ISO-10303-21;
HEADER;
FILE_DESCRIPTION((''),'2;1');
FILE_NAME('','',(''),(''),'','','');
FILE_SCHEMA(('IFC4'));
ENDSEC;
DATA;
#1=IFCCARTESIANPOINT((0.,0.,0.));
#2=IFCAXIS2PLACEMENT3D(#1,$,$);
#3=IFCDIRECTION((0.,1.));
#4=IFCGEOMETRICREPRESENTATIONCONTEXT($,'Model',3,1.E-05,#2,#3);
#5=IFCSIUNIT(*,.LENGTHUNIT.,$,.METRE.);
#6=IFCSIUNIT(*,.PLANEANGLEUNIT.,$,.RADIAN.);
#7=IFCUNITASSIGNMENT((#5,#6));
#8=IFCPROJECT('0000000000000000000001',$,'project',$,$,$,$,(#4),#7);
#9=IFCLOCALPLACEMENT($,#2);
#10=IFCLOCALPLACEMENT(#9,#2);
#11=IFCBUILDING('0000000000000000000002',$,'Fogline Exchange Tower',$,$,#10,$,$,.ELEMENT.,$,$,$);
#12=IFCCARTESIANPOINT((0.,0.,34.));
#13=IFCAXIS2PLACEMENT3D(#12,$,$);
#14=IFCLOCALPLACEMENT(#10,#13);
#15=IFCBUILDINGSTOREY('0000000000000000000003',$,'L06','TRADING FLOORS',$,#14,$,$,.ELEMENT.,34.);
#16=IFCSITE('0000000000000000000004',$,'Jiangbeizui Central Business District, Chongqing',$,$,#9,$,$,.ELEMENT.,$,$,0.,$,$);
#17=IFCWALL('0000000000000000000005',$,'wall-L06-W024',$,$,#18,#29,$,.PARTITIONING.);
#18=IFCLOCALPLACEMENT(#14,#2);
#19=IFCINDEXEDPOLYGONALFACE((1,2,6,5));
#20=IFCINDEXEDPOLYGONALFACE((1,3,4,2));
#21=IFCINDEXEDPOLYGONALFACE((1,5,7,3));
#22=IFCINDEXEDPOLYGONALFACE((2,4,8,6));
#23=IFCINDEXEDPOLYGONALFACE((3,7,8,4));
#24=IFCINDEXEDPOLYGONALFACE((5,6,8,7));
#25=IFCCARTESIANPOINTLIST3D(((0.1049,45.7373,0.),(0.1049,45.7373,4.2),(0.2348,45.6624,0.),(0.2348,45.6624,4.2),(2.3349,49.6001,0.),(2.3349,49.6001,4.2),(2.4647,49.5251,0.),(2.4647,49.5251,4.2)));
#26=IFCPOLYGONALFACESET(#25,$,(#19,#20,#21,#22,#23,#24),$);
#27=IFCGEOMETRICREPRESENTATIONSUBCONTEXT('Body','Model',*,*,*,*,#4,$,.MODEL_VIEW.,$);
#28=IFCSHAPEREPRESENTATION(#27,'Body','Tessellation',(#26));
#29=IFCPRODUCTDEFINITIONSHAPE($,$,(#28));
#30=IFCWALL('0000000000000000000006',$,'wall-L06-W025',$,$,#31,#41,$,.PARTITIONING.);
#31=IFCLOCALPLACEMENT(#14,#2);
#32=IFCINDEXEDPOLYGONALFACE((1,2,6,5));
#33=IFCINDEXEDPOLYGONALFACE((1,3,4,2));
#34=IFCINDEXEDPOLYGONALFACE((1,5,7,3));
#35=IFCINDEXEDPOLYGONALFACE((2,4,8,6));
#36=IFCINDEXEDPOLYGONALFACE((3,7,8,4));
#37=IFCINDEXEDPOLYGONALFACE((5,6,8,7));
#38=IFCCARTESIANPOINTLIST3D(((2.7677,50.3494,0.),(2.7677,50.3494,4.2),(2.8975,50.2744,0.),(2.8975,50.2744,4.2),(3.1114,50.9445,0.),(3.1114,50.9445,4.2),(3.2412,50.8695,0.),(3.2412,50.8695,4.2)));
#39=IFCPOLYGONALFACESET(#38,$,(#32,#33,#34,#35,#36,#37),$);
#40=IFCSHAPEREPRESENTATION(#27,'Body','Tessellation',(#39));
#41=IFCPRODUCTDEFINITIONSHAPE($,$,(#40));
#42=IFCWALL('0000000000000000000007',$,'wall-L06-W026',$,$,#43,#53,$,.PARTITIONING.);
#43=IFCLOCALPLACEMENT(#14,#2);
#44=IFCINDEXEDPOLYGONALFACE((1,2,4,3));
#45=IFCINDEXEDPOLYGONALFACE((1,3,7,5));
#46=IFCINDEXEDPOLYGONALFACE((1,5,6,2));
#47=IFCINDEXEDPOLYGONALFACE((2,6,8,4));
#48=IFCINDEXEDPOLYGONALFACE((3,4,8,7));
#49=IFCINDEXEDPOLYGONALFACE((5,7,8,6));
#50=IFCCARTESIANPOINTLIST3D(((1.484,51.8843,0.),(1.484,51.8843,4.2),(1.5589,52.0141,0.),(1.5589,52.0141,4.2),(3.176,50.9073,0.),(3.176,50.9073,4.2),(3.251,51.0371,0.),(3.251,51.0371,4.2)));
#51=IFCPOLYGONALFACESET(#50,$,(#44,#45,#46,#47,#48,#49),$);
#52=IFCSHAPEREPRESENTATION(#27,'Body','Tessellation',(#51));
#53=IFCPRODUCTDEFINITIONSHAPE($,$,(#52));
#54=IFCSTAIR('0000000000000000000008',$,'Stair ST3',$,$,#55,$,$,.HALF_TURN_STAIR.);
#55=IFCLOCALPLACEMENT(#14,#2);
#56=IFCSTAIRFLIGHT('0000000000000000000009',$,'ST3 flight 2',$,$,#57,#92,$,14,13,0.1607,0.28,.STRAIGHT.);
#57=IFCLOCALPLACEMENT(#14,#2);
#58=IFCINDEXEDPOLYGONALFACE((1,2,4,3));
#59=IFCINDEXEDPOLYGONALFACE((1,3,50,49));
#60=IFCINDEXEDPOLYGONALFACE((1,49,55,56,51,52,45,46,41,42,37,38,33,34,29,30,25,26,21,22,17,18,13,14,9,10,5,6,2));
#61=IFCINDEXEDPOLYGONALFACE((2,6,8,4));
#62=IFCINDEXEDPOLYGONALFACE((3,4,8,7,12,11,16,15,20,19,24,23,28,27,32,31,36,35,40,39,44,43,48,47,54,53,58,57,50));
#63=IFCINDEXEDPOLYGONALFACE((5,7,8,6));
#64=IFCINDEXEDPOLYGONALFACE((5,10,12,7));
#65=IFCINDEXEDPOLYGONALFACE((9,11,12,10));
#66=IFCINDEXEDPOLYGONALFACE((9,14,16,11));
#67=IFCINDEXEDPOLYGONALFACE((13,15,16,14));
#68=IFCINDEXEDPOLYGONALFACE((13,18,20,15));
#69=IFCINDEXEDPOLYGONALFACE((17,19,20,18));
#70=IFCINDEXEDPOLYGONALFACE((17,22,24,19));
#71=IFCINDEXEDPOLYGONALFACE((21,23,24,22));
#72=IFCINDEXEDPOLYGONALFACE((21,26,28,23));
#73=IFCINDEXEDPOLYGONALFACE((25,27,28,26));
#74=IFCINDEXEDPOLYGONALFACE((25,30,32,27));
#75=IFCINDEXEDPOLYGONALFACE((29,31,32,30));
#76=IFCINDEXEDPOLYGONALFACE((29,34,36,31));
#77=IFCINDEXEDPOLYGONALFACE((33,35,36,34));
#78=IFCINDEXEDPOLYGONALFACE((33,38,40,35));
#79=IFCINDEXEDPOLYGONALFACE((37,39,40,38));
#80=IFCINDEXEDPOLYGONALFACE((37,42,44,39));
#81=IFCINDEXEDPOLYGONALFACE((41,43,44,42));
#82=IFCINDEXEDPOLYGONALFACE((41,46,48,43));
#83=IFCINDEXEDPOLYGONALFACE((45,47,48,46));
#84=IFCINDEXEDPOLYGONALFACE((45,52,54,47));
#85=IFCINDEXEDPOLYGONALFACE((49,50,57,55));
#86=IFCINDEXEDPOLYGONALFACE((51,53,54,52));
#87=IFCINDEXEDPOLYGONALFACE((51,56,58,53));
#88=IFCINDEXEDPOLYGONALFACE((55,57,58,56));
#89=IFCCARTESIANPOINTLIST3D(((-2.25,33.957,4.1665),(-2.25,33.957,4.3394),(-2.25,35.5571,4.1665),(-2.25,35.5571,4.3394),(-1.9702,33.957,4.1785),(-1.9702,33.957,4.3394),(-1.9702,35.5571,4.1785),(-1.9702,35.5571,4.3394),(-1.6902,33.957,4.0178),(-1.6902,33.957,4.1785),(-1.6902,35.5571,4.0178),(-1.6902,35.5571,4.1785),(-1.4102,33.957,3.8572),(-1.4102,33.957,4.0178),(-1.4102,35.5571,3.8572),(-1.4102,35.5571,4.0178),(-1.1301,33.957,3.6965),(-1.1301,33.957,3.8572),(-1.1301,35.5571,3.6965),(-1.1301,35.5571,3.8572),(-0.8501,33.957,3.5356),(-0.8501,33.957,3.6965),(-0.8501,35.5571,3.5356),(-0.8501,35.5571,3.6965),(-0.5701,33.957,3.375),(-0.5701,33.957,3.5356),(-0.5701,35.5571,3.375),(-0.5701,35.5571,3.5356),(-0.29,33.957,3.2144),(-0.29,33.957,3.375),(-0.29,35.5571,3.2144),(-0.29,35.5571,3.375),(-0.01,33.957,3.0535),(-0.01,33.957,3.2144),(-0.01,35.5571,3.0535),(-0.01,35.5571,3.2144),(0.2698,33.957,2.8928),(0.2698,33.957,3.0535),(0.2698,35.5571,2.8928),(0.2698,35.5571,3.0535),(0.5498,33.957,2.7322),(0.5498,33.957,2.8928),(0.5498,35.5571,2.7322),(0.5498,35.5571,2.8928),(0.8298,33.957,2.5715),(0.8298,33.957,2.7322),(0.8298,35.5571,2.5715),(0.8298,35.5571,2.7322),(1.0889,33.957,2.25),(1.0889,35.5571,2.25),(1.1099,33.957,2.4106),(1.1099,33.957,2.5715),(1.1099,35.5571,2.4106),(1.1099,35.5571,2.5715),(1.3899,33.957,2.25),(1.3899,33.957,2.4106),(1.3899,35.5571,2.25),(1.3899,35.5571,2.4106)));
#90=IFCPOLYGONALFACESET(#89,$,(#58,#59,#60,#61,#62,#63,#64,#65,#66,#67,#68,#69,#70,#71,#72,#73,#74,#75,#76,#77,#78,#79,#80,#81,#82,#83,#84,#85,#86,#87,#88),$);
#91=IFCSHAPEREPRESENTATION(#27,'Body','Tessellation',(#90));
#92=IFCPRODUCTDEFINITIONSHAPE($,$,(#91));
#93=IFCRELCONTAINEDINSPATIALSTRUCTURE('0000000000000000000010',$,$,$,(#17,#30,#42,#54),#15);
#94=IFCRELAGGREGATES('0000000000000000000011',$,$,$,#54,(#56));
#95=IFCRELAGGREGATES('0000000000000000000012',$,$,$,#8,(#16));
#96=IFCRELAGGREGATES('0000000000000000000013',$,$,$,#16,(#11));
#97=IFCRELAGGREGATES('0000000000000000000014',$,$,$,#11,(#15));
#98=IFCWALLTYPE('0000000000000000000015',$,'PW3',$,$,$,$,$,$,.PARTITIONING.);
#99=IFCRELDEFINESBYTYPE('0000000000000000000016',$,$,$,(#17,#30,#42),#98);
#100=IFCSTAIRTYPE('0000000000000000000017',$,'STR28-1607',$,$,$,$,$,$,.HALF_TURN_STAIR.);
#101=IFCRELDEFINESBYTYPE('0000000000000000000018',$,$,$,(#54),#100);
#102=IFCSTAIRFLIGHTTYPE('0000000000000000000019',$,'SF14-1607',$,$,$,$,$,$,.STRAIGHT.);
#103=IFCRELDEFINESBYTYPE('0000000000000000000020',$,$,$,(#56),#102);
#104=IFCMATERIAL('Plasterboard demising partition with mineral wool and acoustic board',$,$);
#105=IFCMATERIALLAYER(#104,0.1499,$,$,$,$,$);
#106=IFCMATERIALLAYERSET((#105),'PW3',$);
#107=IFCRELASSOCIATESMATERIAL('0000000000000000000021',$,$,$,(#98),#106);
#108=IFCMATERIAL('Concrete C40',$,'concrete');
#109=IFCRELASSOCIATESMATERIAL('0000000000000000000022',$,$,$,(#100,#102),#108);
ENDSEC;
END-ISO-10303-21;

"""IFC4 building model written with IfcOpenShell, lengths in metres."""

from ifc_helpers import new_model, si_unit, direction, frame, frame_2d, origin, place, context, subcontext, project, spatial, polyline, rectangle, outline, extrude, material, layer, layer_set, type_object, element, aggregate, save


model = new_model("IFC4")

# Units and contexts
model_context = context("Model", 3, precision=1e-05, world=origin(), true_north=direction((0.0, 1.0)))
body_context = subcontext(model_context, "Body", "Model", "MODEL_VIEW")
ifc_project = project(units=[si_unit("LENGTHUNIT", "METRE"), si_unit("PLANEANGLEUNIT", "RADIAN")], contexts=[model_context])

# Site, building, storey
site_placement = place(None, origin())
site = spatial("IfcSite", under=ifc_project, at=site_placement, Name="Jiangbeizui Central Business District, Chongqing", CompositionType="ELEMENT", RefElevation=0.0)
building_placement = place(site_placement, origin())
building = spatial("IfcBuilding", under=site, at=building_placement, Name="Fogline Exchange Tower", CompositionType="ELEMENT")
storey_placement = place(building_placement, frame((0.0, 0.0, 34.0)))
storey = spatial("IfcBuildingStorey", under=building, at=storey_placement, Name="L06", Description="TRADING FLOORS", CompositionType="ELEMENT", Elevation=34.0)

# Shared definitions
ifc_material_1 = material(Name="Concrete C40", Category="concrete")

# Shared definitions
ifc_material_2 = material(Name="Plasterboard demising partition with mineral wool and acoustic board")
ifc_layer_1 = layer(ifc_material_2, 0.1499)
ifc_layer_set_1 = layer_set([ifc_layer_1], Name="PW3")
wall_type_1 = type_object("IfcWallType", Name="PW3", PredefinedType="PARTITIONING", material=ifc_layer_set_1)

# Walls
wall_1_placement = place(storey_placement, frame((0.1699, 45.7, 0.0), z_axis=(0.0, 0.0, 1.0), x_axis=(0.499966, 0.866045, 0.0)))
element("IfcWall", 1, at=wall_1_placement, inside=storey, type_object=wall_type_1, Name="wall-L06-W024", PredefinedType="PARTITIONING", context=body_context, shape_type="SweptSolid", body=[
    extrude(rectangle(XDim=4.4602, YDim=0.1499, at=frame_2d((2.23, 0.0))), origin(), (0.0, 0.0, 1.0), 4.2),
])
wall_2_placement = place(storey_placement, frame((2.8325, 50.3118, 0.0), z_axis=(0.0, 0.0, 1.0), x_axis=(0.500112, 0.865961, 0.0)))
element("IfcWall", 2, at=wall_2_placement, inside=storey, type_object=wall_type_1, Name="wall-L06-W025", PredefinedType="PARTITIONING", context=body_context, shape_type="SweptSolid", body=[
    extrude(rectangle(XDim=0.6873, YDim=0.1499, at=frame_2d((0.3438, 0.0))), origin(), (0.0, 0.0, 1.0), 4.2),
])
wall_3_placement = place(storey_placement, frame((3.2136, 50.9722, 0.0), z_axis=(0.0, 0.0, 1.0), x_axis=(-0.866005, 0.500036, 0.0)))
element("IfcWall", 3, at=wall_3_placement, inside=storey, type_object=wall_type_1, Name="wall-L06-W026", PredefinedType="PARTITIONING", context=body_context, shape_type="SweptSolid", body=[
    extrude(rectangle(XDim=1.9539, YDim=0.1499, at=frame_2d((0.9771, 0.0))), origin(), (0.0, 0.0, 1.0), 4.2),
])

# Stair, stair flight
stair_type = type_object("IfcStairType", Name="STR28-1607", PredefinedType="HALF_TURN_STAIR", material=ifc_material_1)
stair_placement = place(storey_placement, origin())
stair = element("IfcStair", 4, at=stair_placement, inside=storey, type_object=stair_type, Name="Stair ST3", PredefinedType="HALF_TURN_STAIR")
stair_flight_type = type_object("IfcStairFlightType", Name="SF14-1607", PredefinedType="STRAIGHT", material=ifc_material_1)
stair_flight_placement = place(storey_placement, frame((1.3899, 34.7571, 2.25), z_axis=(0.0, 0.0, 1.0), x_axis=(-1.0, 0.0, 0.0)))
stair_flight = element("IfcStairFlight", 5, at=stair_flight_placement, type_object=stair_flight_type, Name="ST3 flight 2", NumberOfRisers=14, NumberOfTreads=13, PredefinedType="STRAIGHT", RiserHeight=0.1607, TreadLength=0.28, context=body_context, shape_type="SweptSolid", body=[
    extrude(outline(polyline([(0.0, 0.0), (0.0, 0.1606), (0.28, 0.1606), (0.28, 0.3215), (0.5601, 0.3215), (0.5601, 0.4822), (0.8401, 0.4822), (0.8401, 0.6428), (1.1201, 0.6428), (1.1201, 0.8035), (1.3999, 0.8035), (1.3999, 0.9644), (1.6799, 0.9644), (1.6799, 1.125), (1.96, 1.125), (1.96, 1.2856), (2.24, 1.2856), (2.24, 1.4465), (2.52, 1.4465), (2.52, 1.6072), (2.8, 1.6072), (2.8, 1.7678), (3.0801, 1.7678), (3.0801, 1.9285), (3.3601, 1.9285), (3.3601, 2.0894), (3.6399, 2.0894), (3.6399, 2.25), (3.6399, 1.9165), (0.301, 0.0), (0.0, 0.0)])), frame((0.0, 0.8, 0.0), z_axis=(0.0, -1.0, 0.0), x_axis=(1.0, 0.0, 0.0)), (0.0, 0.0, 1.0), 1.6001),
])
aggregate(stair, [stair_flight])

save(model, "model.ifc")
